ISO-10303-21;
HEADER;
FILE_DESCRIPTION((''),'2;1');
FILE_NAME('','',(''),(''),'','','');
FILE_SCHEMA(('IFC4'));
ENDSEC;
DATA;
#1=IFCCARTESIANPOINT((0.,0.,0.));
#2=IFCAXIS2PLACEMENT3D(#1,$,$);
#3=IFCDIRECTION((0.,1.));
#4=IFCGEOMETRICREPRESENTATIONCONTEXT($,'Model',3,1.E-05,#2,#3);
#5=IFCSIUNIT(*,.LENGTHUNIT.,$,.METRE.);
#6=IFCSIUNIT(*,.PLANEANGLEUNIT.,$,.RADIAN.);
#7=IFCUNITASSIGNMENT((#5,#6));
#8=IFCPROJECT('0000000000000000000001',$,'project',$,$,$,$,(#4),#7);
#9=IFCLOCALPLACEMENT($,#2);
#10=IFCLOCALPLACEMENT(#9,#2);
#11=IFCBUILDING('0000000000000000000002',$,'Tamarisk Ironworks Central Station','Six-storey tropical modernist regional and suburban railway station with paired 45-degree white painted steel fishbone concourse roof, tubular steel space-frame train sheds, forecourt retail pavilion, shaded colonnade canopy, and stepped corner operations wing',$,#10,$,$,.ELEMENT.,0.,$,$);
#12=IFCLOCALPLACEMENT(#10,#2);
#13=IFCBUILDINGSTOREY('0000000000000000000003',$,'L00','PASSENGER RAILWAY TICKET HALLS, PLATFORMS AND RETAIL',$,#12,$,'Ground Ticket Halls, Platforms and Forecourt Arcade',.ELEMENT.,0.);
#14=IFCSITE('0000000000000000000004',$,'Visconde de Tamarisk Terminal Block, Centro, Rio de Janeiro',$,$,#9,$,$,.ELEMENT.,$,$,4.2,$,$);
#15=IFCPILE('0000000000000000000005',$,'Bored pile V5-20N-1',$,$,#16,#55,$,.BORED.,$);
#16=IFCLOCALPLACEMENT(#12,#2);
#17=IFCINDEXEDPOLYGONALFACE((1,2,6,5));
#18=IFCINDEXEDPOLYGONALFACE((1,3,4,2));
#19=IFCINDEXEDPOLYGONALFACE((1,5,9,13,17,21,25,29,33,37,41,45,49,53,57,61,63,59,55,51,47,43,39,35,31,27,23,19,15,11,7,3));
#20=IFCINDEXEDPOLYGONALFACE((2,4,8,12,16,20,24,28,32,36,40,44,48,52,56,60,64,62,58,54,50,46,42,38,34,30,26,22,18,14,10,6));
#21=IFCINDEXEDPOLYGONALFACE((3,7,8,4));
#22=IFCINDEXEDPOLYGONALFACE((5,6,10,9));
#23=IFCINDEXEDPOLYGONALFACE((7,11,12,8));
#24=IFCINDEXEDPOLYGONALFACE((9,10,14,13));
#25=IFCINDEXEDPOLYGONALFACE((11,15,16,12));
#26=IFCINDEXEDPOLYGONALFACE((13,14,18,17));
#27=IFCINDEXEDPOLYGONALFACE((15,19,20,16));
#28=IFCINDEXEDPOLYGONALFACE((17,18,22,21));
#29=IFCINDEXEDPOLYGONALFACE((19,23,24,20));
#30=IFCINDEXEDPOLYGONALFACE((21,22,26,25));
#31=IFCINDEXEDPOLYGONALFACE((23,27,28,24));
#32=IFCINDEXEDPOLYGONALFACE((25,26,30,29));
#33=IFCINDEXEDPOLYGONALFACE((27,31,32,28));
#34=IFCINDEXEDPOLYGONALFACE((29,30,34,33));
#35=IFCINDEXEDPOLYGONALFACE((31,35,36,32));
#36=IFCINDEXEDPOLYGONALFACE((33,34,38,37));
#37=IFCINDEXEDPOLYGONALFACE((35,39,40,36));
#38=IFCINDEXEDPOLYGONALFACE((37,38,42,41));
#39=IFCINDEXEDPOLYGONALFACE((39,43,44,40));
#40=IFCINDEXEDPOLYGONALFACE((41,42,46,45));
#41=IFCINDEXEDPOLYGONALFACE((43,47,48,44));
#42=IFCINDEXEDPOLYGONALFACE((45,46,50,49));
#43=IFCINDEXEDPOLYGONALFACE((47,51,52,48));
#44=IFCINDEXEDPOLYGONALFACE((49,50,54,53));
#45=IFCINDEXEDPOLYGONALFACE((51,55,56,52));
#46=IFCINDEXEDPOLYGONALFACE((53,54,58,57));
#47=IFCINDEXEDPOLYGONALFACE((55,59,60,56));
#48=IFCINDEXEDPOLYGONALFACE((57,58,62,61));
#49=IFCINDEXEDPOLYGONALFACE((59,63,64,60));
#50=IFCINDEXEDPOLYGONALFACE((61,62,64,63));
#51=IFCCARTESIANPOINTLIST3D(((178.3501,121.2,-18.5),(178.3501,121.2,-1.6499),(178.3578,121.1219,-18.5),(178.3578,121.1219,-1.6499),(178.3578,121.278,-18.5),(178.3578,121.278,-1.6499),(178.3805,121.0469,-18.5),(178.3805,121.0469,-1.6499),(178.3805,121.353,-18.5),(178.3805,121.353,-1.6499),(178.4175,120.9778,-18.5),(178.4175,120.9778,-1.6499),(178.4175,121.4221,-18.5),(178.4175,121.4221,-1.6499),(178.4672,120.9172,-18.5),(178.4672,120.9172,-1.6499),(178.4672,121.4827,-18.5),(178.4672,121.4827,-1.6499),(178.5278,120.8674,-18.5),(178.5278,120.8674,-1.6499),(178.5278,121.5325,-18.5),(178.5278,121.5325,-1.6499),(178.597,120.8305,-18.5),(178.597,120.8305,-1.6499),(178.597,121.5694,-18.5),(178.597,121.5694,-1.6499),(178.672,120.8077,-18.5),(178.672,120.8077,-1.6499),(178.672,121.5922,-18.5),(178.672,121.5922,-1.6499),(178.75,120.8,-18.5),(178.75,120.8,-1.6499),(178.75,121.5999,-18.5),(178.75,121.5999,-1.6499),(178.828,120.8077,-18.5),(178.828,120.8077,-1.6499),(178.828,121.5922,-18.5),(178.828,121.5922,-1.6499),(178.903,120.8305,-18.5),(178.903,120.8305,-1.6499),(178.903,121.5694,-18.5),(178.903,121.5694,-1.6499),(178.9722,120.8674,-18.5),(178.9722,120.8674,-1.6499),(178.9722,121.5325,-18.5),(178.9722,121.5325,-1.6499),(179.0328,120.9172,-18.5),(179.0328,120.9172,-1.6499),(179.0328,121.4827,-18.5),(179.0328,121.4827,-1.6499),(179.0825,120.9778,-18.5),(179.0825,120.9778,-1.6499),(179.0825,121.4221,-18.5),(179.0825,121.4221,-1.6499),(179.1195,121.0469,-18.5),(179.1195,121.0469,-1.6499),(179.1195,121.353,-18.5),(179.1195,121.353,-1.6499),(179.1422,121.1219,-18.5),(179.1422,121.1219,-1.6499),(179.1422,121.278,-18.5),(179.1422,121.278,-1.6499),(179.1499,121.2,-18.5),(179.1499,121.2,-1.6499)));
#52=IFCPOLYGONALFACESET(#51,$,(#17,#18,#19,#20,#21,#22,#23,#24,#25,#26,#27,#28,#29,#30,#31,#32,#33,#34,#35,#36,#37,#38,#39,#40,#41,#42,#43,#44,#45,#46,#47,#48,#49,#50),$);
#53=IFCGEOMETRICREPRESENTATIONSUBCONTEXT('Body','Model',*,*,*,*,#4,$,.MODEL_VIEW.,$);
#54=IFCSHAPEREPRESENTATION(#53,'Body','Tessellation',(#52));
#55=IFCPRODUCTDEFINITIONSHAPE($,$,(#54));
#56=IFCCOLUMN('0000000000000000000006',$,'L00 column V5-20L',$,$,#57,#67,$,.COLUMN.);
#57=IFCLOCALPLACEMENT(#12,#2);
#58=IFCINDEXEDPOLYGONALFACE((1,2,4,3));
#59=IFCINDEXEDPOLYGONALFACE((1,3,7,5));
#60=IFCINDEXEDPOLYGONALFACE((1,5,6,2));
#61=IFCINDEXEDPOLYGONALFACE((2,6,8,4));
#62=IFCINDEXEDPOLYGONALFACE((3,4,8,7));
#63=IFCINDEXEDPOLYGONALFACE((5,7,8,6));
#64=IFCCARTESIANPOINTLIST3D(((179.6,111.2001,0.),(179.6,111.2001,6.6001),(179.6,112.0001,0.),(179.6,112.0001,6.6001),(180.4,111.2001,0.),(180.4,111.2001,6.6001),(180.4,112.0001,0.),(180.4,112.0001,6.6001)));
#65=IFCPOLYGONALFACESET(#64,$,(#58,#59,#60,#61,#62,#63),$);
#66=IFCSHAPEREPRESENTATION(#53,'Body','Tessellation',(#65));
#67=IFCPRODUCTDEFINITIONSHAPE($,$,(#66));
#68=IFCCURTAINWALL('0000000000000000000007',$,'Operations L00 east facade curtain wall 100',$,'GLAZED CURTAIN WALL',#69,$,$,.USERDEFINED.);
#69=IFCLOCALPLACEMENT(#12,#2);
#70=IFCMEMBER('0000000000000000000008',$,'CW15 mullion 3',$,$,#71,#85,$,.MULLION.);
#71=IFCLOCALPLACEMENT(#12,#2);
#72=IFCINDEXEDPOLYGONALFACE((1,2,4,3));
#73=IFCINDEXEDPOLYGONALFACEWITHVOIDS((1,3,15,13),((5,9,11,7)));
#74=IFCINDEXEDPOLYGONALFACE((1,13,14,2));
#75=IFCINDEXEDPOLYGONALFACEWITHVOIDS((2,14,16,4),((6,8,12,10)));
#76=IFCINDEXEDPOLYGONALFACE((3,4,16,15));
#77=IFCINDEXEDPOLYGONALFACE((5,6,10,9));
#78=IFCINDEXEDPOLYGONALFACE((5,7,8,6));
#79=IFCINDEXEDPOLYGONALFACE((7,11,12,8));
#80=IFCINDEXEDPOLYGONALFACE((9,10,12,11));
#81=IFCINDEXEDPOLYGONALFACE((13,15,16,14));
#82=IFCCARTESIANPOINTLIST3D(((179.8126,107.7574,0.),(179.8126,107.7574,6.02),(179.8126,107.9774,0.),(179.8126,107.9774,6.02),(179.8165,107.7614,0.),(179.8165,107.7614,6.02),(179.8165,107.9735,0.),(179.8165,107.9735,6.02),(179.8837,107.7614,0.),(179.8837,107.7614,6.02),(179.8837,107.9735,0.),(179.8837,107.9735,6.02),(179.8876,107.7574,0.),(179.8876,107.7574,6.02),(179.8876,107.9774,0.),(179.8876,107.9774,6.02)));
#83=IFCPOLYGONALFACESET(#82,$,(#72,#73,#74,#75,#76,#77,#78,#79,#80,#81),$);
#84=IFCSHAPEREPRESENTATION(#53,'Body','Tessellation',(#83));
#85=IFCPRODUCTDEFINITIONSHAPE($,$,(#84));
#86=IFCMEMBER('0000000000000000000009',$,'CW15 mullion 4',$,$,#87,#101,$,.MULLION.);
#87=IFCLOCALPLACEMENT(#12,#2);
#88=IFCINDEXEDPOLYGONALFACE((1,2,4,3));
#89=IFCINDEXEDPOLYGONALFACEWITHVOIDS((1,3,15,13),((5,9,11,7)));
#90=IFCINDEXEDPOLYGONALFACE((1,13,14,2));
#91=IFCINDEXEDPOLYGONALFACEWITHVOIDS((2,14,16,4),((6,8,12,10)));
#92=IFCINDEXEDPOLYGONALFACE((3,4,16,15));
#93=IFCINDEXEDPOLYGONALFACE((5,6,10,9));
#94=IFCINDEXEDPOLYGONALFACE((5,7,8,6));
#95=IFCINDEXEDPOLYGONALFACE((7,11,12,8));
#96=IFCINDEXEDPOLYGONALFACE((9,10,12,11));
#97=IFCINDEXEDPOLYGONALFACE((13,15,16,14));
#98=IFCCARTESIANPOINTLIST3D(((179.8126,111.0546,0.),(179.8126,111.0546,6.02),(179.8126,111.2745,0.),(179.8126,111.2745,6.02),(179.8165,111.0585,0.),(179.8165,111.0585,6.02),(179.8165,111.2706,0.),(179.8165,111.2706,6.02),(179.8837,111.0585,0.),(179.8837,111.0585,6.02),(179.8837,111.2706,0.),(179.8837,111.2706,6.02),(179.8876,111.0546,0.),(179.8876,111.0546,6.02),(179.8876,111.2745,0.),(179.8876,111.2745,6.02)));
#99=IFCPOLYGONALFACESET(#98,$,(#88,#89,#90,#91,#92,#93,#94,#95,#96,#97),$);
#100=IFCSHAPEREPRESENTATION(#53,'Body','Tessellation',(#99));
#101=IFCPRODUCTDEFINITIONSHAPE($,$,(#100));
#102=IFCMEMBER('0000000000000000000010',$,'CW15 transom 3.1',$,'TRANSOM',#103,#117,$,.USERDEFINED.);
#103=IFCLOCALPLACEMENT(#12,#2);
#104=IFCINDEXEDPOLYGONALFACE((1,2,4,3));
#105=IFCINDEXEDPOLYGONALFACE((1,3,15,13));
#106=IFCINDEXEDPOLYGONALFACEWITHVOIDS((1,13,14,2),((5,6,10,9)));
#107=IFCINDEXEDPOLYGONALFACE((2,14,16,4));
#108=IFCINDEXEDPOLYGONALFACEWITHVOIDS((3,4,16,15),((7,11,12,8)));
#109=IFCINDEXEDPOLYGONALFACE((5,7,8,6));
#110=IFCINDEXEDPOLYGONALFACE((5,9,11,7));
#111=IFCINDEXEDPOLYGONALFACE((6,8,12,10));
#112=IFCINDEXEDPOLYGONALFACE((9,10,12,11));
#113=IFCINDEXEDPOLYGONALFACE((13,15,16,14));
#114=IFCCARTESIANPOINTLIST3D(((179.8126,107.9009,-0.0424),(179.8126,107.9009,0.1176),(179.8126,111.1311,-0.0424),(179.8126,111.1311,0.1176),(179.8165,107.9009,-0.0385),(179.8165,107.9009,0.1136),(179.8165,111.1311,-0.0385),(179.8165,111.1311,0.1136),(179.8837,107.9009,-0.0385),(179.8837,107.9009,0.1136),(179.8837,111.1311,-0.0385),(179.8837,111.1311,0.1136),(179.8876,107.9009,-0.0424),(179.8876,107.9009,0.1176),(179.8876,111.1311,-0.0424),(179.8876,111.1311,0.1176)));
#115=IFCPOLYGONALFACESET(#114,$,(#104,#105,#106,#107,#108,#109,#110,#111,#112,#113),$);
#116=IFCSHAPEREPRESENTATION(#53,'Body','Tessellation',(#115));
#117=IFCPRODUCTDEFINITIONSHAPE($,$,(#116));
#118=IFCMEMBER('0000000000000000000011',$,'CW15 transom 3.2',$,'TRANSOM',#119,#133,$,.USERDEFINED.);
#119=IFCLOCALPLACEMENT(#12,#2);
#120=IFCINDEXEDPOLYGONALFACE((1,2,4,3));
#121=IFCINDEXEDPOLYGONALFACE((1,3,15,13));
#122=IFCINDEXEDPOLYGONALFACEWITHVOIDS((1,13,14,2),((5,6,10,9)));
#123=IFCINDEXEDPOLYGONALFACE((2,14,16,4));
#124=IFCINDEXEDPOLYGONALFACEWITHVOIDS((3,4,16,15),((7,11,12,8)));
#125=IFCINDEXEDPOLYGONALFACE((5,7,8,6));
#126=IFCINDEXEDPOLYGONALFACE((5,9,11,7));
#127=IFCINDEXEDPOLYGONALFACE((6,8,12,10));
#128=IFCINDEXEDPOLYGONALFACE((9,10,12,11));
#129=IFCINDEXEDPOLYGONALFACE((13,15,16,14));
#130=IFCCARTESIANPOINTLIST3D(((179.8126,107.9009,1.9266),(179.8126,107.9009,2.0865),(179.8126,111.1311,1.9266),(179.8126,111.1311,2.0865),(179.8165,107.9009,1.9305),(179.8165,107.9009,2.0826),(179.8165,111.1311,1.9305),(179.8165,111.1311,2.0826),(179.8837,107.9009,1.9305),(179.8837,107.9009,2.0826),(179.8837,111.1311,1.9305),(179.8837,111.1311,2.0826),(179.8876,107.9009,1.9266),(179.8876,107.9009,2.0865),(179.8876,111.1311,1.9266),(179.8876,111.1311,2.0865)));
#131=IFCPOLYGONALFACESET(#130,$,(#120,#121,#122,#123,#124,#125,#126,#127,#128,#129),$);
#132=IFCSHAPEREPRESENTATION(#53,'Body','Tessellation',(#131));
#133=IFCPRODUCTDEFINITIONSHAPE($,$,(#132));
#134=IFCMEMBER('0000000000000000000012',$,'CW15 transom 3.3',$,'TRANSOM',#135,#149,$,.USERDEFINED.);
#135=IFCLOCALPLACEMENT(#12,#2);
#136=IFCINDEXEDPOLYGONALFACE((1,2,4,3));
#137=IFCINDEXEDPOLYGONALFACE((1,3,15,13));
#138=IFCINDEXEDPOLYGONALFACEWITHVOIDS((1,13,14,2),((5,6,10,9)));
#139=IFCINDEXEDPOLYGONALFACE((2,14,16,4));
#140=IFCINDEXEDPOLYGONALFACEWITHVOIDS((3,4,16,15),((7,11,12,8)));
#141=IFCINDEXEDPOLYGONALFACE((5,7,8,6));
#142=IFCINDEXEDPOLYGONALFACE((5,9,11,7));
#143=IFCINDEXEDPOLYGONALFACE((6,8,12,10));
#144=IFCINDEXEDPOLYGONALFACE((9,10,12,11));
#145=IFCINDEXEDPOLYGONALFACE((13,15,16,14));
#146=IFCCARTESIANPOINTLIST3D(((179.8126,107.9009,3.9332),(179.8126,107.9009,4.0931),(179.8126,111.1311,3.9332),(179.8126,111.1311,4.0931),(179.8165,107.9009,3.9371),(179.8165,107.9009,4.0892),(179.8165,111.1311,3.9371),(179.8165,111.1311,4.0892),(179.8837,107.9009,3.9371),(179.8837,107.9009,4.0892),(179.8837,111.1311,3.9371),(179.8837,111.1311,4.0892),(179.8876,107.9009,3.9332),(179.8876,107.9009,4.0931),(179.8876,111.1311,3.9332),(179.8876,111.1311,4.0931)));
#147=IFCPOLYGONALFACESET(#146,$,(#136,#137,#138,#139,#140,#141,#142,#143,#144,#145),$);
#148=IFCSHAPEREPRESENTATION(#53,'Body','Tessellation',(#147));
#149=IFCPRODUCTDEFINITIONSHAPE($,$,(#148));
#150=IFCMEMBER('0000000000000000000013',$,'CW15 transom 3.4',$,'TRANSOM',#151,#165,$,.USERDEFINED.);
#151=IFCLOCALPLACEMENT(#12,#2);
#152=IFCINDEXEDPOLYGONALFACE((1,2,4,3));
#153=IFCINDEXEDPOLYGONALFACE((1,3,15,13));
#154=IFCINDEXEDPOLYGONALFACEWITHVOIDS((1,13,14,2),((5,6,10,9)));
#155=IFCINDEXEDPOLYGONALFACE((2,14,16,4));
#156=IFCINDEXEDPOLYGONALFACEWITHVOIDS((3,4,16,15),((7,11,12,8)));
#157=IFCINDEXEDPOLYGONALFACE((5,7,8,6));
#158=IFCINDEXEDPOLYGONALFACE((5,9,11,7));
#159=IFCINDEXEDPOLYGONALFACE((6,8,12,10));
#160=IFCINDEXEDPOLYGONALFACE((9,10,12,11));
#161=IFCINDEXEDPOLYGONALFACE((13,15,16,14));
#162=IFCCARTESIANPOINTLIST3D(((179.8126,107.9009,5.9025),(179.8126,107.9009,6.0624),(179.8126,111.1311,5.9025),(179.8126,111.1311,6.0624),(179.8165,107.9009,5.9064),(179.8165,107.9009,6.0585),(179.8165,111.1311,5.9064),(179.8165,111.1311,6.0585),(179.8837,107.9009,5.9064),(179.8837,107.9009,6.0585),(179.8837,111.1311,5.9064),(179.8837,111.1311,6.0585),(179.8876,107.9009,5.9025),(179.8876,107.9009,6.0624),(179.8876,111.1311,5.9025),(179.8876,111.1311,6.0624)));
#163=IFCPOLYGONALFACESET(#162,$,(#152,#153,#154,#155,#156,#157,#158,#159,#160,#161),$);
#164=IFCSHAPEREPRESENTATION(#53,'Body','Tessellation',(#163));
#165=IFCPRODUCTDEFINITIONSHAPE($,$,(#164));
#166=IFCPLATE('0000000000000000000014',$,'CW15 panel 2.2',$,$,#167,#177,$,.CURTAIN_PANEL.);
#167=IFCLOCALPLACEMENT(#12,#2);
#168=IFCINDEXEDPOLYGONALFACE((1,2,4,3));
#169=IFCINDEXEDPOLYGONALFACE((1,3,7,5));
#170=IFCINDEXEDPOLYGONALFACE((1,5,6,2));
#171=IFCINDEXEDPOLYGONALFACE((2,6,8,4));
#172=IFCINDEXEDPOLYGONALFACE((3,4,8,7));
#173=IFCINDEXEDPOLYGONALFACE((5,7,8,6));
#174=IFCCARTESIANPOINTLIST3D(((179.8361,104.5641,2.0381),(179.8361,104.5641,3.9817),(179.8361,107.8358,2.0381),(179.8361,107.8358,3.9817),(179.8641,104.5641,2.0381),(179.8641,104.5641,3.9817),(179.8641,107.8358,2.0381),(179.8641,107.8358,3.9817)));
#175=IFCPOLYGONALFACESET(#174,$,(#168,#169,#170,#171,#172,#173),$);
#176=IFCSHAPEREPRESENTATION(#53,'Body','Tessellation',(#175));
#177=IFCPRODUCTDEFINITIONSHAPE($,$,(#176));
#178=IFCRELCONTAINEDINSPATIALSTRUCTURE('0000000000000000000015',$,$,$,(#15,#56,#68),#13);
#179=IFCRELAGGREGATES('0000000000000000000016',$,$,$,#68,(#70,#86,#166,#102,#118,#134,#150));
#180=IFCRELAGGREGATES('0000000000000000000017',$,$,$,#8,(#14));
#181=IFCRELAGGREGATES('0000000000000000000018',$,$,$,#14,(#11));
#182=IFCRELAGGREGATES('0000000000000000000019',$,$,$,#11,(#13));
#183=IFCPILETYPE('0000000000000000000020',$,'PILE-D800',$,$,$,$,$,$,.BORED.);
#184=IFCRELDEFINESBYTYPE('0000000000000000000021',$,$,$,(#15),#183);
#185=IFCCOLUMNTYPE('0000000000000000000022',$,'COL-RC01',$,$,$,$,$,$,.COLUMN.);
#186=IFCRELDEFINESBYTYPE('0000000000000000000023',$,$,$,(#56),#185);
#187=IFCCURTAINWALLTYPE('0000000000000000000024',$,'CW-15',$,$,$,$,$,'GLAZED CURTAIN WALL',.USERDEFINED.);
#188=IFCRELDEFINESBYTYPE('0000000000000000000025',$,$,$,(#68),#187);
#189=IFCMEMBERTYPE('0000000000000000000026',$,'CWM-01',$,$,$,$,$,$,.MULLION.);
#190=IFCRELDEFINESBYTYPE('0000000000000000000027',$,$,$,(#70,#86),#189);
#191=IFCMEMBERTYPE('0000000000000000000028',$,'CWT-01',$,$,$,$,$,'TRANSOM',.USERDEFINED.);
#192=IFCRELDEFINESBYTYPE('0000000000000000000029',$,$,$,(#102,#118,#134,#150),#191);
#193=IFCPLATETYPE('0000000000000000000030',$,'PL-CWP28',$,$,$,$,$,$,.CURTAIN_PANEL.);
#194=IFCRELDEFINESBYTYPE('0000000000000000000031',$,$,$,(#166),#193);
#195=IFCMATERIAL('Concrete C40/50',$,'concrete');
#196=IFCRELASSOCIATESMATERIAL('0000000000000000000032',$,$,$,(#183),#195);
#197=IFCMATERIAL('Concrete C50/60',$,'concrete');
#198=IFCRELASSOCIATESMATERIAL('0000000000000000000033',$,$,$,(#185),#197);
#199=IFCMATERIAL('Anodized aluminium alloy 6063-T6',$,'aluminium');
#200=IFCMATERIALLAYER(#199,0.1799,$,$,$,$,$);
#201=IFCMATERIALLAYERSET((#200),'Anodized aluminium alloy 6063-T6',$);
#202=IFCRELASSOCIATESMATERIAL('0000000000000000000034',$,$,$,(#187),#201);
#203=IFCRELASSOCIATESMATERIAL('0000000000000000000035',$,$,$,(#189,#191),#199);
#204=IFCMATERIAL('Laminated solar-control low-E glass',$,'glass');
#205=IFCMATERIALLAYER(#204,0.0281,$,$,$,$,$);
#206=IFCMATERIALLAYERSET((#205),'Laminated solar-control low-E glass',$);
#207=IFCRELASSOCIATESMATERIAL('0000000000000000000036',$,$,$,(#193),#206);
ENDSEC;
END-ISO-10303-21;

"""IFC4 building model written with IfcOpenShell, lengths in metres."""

from ifc_helpers import new_model, si_unit, direction, frame, origin, origin_2d, place, context, subcontext, project, spatial, rectangle, hollow_rectangle, circle, extrude, material, layer, layer_set, material_profile, profile_set, type_object, element, aggregate, save


model = new_model("IFC4")

# Units and contexts
model_context = context("Model", 3, precision=1e-05, world=origin(), true_north=direction((0.0, 1.0)))
body_context = subcontext(model_context, "Body", "Model", "MODEL_VIEW")
ifc_project = project(units=[si_unit("LENGTHUNIT", "METRE"), si_unit("PLANEANGLEUNIT", "RADIAN")], contexts=[model_context])

# Site, building, storey
site_placement = place(None, origin())
site = spatial("IfcSite", under=ifc_project, at=site_placement, Name="Visconde de Tamarisk Terminal Block, Centro, Rio de Janeiro", CompositionType="ELEMENT", RefElevation=4.2)
building_placement = place(site_placement, origin())
building = spatial("IfcBuilding", under=site, at=building_placement, Name="Tamarisk Ironworks Central Station", Description="Six-storey tropical modernist regional and suburban railway station with paired 45-degree white painted steel fishbone concourse roof, tubular steel space-frame train sheds, forecourt retail pavilion, shaded colonnade canopy, and stepped corner operations wing", CompositionType="ELEMENT", ElevationOfRefHeight=0.0)
storey_placement = place(building_placement, origin())
storey = spatial("IfcBuildingStorey", under=building, at=storey_placement, Name="L00", Description="PASSENGER RAILWAY TICKET HALLS, PLATFORMS AND RETAIL", LongName="Ground Ticket Halls, Platforms and Forecourt Arcade", CompositionType="ELEMENT", Elevation=0.0)

# Shared definitions
ifc_material_1 = material(Name="Concrete C40/50", Category="concrete")

# Pile
ifc_material_profile_1 = material_profile(ifc_material_1, circle(Radius=0.3999, at=origin_2d()), Name="BORED PILE D800")
ifc_profile_set_1 = profile_set([ifc_material_profile_1], Name="Concrete C40/50")
pile_type = type_object("IfcPileType", Name="PILE-D800", PredefinedType="BORED", material=ifc_profile_set_1)
for number, where, z_axis, x_axis, name in (
    (1, (178.75, 121.2, -1.6499), (0.0, 0.0, -1.0), (1.0, 0.0, 0.0), "Bored pile V5-20N-1"),
):
    element("IfcPile", number, at=place(storey_placement, frame(where, z_axis=z_axis, x_axis=x_axis)), inside=storey, type_object=pile_type, Name=name, PredefinedType="BORED", context=body_context, shape_type="SweptSolid", body=[
        extrude(circle(Radius=0.3999, at=origin_2d()), origin(), (0.0, 0.0, 1.0), 16.8501),
    ])

# Column
ifc_material_2 = material(Name="Concrete C50/60", Category="concrete")
ifc_material_profile_2 = material_profile(ifc_material_2, rectangle(XDim=0.8, YDim=0.8, at=origin_2d()), Name="RC 800x800")
ifc_profile_set_2 = profile_set([ifc_material_profile_2], Name="Concrete C50/60")
column_type = type_object("IfcColumnType", Name="COL-RC01", PredefinedType="COLUMN", material=ifc_profile_set_2)
column_placement = place(storey_placement, frame((180.0, 111.6001, 0.0), z_axis=(0.0, 0.0, 1.0), x_axis=(1.0, 0.0, 0.0)))
element("IfcColumn", 2, at=column_placement, inside=storey, type_object=column_type, Name="L00 column V5-20L", PredefinedType="COLUMN", context=body_context, shape_type="SweptSolid", body=[
    extrude(rectangle(XDim=0.8, YDim=0.8, at=origin_2d()), origin(), (0.0, 0.0, 1.0), 6.6001),
])

# Curtain wall, members, plate
ifc_material_3 = material(Name="Anodized aluminium alloy 6063-T6", Category="aluminium")
ifc_layer_1 = layer(ifc_material_3, 0.1799)
ifc_layer_set_1 = layer_set([ifc_layer_1], Name="Anodized aluminium alloy 6063-T6")
curtain_wall_type = type_object("IfcCurtainWallType", Name="CW-15", ElementType="GLAZED CURTAIN WALL", PredefinedType="USERDEFINED", material=ifc_layer_set_1)
curtain_wall_placement = place(storey_placement, origin())
curtain_wall = element("IfcCurtainWall", 3, at=curtain_wall_placement, inside=storey, type_object=curtain_wall_type, Name="Operations L00 east facade curtain wall 100", ObjectType="GLAZED CURTAIN WALL", PredefinedType="USERDEFINED")
ifc_material_profile_3 = material_profile(ifc_material_3, hollow_rectangle(XDim=0.075, YDim=0.22, WallThickness=0.0039, at=origin_2d()), Name="ALUM 220x75")
ifc_profile_set_3 = profile_set([ifc_material_profile_3], Name="Anodized aluminium alloy 6063-T6")
member_type_1 = type_object("IfcMemberType", Name="CWM-01", PredefinedType="MULLION", material=ifc_profile_set_3)
member_1_placement = place(storey_placement, frame((179.8501, 107.8674, 0.0), z_axis=(0.0, 0.0, 1.0), x_axis=(-1.0, 0.0, 0.0)))
member_1 = element("IfcMember", 4, at=member_1_placement, type_object=member_type_1, Name="CW15 mullion 3", PredefinedType="MULLION", context=body_context, shape_type="SweptSolid", body=[
    extrude(hollow_rectangle(XDim=0.075, YDim=0.22, WallThickness=0.0039, at=origin_2d()), origin(), (0.0, 0.0, 1.0), 6.02),
])
member_2_placement = place(storey_placement, frame((179.8501, 111.1646, 0.0), z_axis=(0.0, 0.0, 1.0), x_axis=(-1.0, 0.0, 0.0)))
member_2 = element("IfcMember", 5, at=member_2_placement, type_object=member_type_1, Name="CW15 mullion 4", PredefinedType="MULLION", context=body_context, shape_type="SweptSolid", body=[
    extrude(hollow_rectangle(XDim=0.075, YDim=0.22, WallThickness=0.0039, at=origin_2d()), origin(), (0.0, 0.0, 1.0), 6.02),
])
ifc_material_profile_4 = material_profile(ifc_material_3, hollow_rectangle(XDim=0.075, YDim=0.1599, WallThickness=0.0039, at=origin_2d()), Name="ALUM 160x75")
ifc_profile_set_4 = profile_set([ifc_material_profile_4], Name="Anodized aluminium alloy 6063-T6")
member_type_2 = type_object("IfcMemberType", Name="CWT-01", ElementType="TRANSOM", PredefinedType="USERDEFINED", material=ifc_profile_set_4)
member_3_placement = place(storey_placement, frame((179.8501, 107.9009, 0.0376), z_axis=(0.0, 1.0, 0.0), x_axis=(-1.0, 0.0, 0.0)))
member_3 = element("IfcMember", 6, at=member_3_placement, type_object=member_type_2, Name="CW15 transom 3.1", ObjectType="TRANSOM", PredefinedType="USERDEFINED", context=body_context, shape_type="SweptSolid", body=[
    extrude(hollow_rectangle(XDim=0.075, YDim=0.1599, WallThickness=0.0039, at=origin_2d()), origin(), (0.0, 0.0, 1.0), 3.2302),
])
member_4_placement = place(storey_placement, frame((179.8501, 107.9009, 2.0066), z_axis=(0.0, 1.0, 0.0), x_axis=(-1.0, 0.0, 0.0)))
member_4 = element("IfcMember", 7, at=member_4_placement, type_object=member_type_2, Name="CW15 transom 3.2", ObjectType="TRANSOM", PredefinedType="USERDEFINED", context=body_context, shape_type="SweptSolid", body=[
    extrude(hollow_rectangle(XDim=0.075, YDim=0.1599, WallThickness=0.0039, at=origin_2d()), origin(), (0.0, 0.0, 1.0), 3.2302),
])
member_5_placement = place(storey_placement, frame((179.8501, 107.9009, 4.0132), z_axis=(0.0, 1.0, 0.0), x_axis=(-1.0, 0.0, 0.0)))
member_5 = element("IfcMember", 8, at=member_5_placement, type_object=member_type_2, Name="CW15 transom 3.3", ObjectType="TRANSOM", PredefinedType="USERDEFINED", context=body_context, shape_type="SweptSolid", body=[
    extrude(hollow_rectangle(XDim=0.075, YDim=0.1599, WallThickness=0.0039, at=origin_2d()), origin(), (0.0, 0.0, 1.0), 3.2302),
])
member_6_placement = place(storey_placement, frame((179.8501, 107.9009, 5.9824), z_axis=(0.0, 1.0, 0.0), x_axis=(-1.0, 0.0, 0.0)))
member_6 = element("IfcMember", 9, at=member_6_placement, type_object=member_type_2, Name="CW15 transom 3.4", ObjectType="TRANSOM", PredefinedType="USERDEFINED", context=body_context, shape_type="SweptSolid", body=[
    extrude(hollow_rectangle(XDim=0.075, YDim=0.1599, WallThickness=0.0039, at=origin_2d()), origin(), (0.0, 0.0, 1.0), 3.2302),
])
ifc_material_4 = material(Name="Laminated solar-control low-E glass", Category="glass")
ifc_layer_2 = layer(ifc_material_4, 0.0281)
ifc_layer_set_2 = layer_set([ifc_layer_2], Name="Laminated solar-control low-E glass")
plate_type = type_object("IfcPlateType", Name="PL-CWP28", PredefinedType="CURTAIN_PANEL", material=ifc_layer_set_2)
plate_1_placement = place(storey_placement, frame((179.8501, 106.2, 2.0381), z_axis=(0.0, 0.0, 1.0), x_axis=(0.0, 1.0, 0.0)))
plate_1 = element("IfcPlate", 10, at=plate_1_placement, type_object=plate_type, Name="CW15 panel 2.2", PredefinedType="CURTAIN_PANEL", context=body_context, shape_type="SweptSolid", body=[
    extrude(rectangle(XDim=3.2717, YDim=0.0281, at=origin_2d()), origin(), (0.0, 0.0, 1.0), 1.9436),
])
aggregate(curtain_wall, [member_1, member_2, plate_1, member_3, member_4, member_5, member_6])

save(model, "model.ifc")
